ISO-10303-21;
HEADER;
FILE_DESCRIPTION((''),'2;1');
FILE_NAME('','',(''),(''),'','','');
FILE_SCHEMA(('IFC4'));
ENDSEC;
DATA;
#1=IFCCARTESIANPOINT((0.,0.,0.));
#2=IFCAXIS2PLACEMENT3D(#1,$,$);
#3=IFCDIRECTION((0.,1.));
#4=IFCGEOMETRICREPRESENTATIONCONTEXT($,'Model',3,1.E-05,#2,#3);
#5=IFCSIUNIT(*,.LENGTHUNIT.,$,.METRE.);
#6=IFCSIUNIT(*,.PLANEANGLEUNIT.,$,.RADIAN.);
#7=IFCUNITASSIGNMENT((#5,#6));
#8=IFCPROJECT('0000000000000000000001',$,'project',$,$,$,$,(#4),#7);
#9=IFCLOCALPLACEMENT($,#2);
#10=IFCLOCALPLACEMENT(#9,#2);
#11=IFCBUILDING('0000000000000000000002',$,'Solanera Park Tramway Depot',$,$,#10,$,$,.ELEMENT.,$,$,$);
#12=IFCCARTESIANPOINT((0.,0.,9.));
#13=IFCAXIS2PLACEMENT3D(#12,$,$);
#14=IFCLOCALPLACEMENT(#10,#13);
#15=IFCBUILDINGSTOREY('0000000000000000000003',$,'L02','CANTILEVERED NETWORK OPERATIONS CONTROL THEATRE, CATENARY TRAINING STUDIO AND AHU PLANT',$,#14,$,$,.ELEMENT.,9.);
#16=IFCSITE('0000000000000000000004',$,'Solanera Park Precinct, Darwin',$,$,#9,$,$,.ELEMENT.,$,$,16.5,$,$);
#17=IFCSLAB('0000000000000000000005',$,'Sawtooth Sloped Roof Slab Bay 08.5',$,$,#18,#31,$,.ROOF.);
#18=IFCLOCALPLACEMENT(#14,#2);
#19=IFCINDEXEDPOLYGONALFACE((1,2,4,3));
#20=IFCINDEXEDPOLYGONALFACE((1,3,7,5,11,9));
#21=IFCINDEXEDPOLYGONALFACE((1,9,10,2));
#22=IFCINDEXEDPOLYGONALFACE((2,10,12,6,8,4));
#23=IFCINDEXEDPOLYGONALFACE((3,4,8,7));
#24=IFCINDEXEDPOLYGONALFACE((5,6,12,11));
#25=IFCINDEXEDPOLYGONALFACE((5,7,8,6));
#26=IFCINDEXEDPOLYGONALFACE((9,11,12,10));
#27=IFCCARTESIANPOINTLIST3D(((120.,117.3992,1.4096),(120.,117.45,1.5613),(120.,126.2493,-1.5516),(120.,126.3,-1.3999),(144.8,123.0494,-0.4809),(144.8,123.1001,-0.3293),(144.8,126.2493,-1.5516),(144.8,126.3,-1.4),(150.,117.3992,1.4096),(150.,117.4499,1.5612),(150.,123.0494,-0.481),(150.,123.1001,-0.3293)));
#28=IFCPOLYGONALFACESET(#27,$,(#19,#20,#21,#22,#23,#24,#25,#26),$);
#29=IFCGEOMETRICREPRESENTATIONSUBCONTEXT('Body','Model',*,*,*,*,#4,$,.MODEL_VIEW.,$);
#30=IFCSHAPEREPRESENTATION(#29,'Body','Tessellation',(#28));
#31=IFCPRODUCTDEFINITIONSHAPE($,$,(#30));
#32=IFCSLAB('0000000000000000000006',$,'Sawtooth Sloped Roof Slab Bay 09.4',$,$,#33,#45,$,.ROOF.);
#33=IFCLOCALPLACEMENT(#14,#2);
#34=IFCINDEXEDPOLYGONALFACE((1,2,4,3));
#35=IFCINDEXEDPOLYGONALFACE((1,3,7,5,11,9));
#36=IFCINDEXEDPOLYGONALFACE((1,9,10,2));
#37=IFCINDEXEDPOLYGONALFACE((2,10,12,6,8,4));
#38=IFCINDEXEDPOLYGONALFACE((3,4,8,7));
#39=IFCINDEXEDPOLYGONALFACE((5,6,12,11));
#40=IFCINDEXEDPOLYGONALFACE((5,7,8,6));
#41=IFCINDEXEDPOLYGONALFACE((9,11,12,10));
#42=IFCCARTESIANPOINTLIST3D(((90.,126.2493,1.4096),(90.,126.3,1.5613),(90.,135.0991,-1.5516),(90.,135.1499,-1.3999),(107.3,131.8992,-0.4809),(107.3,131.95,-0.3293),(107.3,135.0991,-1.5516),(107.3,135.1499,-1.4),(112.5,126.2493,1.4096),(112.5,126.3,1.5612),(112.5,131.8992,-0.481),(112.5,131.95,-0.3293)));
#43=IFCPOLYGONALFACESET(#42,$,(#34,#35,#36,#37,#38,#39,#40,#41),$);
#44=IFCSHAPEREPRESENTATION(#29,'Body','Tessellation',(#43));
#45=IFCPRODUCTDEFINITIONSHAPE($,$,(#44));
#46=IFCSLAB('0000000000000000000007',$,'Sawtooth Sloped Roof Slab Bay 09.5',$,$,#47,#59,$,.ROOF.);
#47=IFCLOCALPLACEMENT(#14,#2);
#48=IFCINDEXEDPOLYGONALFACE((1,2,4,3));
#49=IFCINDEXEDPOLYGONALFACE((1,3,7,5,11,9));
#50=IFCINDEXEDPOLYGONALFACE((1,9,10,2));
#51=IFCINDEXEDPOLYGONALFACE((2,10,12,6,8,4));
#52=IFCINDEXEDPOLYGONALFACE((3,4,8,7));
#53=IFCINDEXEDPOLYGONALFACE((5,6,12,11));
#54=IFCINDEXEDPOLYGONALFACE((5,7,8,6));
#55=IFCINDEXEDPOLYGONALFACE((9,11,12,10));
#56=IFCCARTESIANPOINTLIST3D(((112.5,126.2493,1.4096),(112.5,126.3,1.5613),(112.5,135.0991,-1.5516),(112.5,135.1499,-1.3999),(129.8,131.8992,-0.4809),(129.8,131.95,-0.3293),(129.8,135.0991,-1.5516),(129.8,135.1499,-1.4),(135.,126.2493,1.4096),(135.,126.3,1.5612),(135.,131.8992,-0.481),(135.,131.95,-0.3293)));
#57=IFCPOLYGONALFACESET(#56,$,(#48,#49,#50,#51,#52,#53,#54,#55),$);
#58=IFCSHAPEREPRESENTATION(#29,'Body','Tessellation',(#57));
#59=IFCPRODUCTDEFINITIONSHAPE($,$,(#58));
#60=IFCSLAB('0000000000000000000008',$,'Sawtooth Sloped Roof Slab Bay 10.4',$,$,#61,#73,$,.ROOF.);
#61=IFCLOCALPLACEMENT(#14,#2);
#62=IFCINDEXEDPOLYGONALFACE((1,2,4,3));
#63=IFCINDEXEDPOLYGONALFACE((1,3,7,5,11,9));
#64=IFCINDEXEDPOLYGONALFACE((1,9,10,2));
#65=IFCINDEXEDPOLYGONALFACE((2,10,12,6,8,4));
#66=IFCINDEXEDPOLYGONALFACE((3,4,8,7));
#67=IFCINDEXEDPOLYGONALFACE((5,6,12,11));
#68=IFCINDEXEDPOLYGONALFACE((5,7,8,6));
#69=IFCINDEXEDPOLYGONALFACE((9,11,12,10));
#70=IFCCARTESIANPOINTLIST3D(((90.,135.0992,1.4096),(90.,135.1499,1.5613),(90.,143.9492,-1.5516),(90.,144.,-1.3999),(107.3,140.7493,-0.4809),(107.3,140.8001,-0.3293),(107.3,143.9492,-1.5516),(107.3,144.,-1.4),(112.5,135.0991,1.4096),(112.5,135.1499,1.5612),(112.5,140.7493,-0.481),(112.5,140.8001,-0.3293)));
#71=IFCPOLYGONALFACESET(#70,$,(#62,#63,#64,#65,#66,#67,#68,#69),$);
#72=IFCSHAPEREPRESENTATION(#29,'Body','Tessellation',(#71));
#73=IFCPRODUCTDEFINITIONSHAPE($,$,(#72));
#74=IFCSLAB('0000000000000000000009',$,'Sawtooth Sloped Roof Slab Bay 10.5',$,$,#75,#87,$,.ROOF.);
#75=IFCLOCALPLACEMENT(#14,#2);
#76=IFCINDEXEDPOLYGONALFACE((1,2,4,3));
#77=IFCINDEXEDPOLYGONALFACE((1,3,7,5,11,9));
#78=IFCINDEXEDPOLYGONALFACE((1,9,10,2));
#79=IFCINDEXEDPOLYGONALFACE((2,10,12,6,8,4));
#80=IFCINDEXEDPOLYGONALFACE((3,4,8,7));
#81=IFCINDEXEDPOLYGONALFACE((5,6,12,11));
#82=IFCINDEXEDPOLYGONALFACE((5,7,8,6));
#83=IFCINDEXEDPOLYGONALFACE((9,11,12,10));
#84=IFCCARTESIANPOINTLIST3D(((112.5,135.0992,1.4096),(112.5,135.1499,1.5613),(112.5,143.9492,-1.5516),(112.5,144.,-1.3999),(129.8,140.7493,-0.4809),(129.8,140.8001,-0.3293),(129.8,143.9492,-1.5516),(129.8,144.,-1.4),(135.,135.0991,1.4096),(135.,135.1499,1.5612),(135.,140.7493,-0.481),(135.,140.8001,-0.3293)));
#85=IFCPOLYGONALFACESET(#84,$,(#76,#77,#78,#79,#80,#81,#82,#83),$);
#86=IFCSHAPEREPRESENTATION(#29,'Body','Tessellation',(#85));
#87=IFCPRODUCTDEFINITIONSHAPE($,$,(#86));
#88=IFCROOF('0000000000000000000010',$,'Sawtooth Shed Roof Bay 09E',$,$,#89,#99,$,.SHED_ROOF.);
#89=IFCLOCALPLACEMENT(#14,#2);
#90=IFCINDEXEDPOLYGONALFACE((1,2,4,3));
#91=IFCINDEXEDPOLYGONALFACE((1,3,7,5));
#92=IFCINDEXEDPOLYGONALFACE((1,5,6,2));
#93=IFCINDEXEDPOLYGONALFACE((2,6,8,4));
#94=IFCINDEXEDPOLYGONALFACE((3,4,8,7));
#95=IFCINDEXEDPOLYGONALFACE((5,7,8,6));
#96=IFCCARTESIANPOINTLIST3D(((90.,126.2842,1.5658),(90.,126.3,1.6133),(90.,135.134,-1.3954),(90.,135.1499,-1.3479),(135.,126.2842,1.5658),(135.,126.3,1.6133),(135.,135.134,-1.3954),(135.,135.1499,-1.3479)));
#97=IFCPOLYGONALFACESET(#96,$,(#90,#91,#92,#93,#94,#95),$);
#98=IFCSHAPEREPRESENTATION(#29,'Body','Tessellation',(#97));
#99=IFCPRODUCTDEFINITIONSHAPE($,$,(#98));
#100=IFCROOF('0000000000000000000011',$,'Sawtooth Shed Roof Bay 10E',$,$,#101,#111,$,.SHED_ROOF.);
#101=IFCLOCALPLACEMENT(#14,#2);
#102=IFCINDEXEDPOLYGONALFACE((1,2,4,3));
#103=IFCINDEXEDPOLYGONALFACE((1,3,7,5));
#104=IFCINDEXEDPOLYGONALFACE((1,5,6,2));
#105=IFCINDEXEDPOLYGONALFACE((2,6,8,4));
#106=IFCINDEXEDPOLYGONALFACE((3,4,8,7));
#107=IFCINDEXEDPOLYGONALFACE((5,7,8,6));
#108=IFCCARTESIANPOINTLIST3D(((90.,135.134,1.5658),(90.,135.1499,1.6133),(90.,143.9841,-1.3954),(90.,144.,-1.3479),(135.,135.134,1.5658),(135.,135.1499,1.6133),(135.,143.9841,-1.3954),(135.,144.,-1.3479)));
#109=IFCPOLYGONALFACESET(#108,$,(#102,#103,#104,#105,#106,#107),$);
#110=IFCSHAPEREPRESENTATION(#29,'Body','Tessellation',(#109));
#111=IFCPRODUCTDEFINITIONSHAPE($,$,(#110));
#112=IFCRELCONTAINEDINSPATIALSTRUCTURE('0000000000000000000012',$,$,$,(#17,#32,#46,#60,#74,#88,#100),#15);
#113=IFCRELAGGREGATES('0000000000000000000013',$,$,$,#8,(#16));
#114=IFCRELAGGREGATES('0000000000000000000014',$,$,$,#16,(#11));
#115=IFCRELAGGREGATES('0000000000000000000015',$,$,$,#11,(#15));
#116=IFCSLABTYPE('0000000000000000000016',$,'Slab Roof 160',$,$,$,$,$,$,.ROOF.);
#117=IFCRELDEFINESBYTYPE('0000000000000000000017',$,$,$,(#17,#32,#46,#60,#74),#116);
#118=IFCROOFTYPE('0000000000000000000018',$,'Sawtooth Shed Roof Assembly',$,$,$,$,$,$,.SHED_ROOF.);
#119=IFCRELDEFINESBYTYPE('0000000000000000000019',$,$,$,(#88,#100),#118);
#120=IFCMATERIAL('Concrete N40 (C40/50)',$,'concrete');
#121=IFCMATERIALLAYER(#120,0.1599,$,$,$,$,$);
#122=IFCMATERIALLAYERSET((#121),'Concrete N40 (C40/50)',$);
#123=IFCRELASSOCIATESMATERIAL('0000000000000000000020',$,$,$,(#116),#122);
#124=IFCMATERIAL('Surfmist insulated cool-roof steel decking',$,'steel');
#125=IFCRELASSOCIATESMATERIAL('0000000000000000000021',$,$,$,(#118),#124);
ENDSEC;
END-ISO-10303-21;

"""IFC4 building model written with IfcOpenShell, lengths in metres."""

from ifc_helpers import new_model, si_unit, direction, frame, origin, place, context, subcontext, project, spatial, polyline, outline, extrude, material, layer, layer_set, type_object, element, save


model = new_model("IFC4")

# Units and contexts
model_context = context("Model", 3, precision=1e-05, world=origin(), true_north=direction((0.0, 1.0)))
body_context = subcontext(model_context, "Body", "Model", "MODEL_VIEW")
ifc_project = project(units=[si_unit("LENGTHUNIT", "METRE"), si_unit("PLANEANGLEUNIT", "RADIAN")], contexts=[model_context])

# Site, building, storey
site_placement = place(None, origin())
site = spatial("IfcSite", under=ifc_project, at=site_placement, Name="Solanera Park Precinct, Darwin", CompositionType="ELEMENT", RefElevation=16.5)
building_placement = place(site_placement, origin())
building = spatial("IfcBuilding", under=site, at=building_placement, Name="Solanera Park Tramway Depot", CompositionType="ELEMENT")
storey_placement = place(building_placement, frame((0.0, 0.0, 9.0)))
storey = spatial("IfcBuildingStorey", under=building, at=storey_placement, Name="L02", Description="CANTILEVERED NETWORK OPERATIONS CONTROL THEATRE, CATENARY TRAINING STUDIO AND AHU PLANT", CompositionType="ELEMENT", Elevation=9.0)

# Slabs
ifc_material_1 = material(Name="Concrete N40 (C40/50)", Category="concrete")
ifc_layer_1 = layer(ifc_material_1, 0.1599)
ifc_layer_set_1 = layer_set([ifc_layer_1], Name="Concrete N40 (C40/50)")
slab_type = type_object("IfcSlabType", Name="Slab Roof 160", PredefinedType="ROOF", material=ifc_layer_set_1)
for number, where, z_axis, x_axis, name in (
    (1, (120.0, 117.45, 1.5613), (0.000002, 0.317305, 0.948324), (1.0, -0.000001, -0.000002), "Sawtooth Sloped Roof Slab Bay 08.5"),
):
    element("IfcSlab", number, at=place(storey_placement, frame(where, z_axis=z_axis, x_axis=x_axis)), inside=storey, type_object=slab_type, Name=name, PredefinedType="ROOF", context=body_context, shape_type="SweptSolid", body=[
        extrude(outline(polyline([(0.0, 0.0), (30.0, 0.0), (30.0, 5.9581), (24.8, 5.9581), (24.8, 9.3324), (0.0, 9.3324), (0.0, 0.0)])), origin(), (0.0, 0.0, -1.0), 0.1599),
    ])
for number, where, z_axis, x_axis, name in (
    (2, (90.0, 126.3, 1.5613), (0.000004, 0.317314, 0.94832), (1.0, -0.000001, -0.000003), "Sawtooth Sloped Roof Slab Bay 09.4"),
    (3, (112.5, 126.3, 1.5613), (0.000004, 0.317314, 0.94832), (1.0, -0.000001, -0.000003), "Sawtooth Sloped Roof Slab Bay 09.5"),
):
    element("IfcSlab", number, at=place(storey_placement, frame(where, z_axis=z_axis, x_axis=x_axis)), inside=storey, type_object=slab_type, Name=name, PredefinedType="ROOF", context=body_context, shape_type="SweptSolid", body=[
        extrude(outline(polyline([(0.0, 0.0), (22.5, 0.0), (22.5, 5.9578), (17.3, 5.9578), (17.3, 9.3321), (0.0, 9.3321), (0.0, 0.0)])), origin(), (0.0, 0.0, -1.0), 0.1599),
    ])
for number, where, z_axis, x_axis, name in (
    (4, (90.0, 135.1499, 1.5613), (0.000003, 0.317306, 0.948323), (1.0, -0.000001, -0.000003), "Sawtooth Sloped Roof Slab Bay 10.4"),
    (5, (112.5, 135.1499, 1.5613), (0.000003, 0.317306, 0.948323), (1.0, -0.000001, -0.000003), "Sawtooth Sloped Roof Slab Bay 10.5"),
):
    element("IfcSlab", number, at=place(storey_placement, frame(where, z_axis=z_axis, x_axis=x_axis)), inside=storey, type_object=slab_type, Name=name, PredefinedType="ROOF", context=body_context, shape_type="SweptSolid", body=[
        extrude(outline(polyline([(0.0, 0.0), (22.5, 0.0), (22.5, 5.9581), (17.3, 5.9581), (17.3, 9.3324), (0.0, 9.3324), (0.0, 0.0)])), origin(), (0.0, 0.0, -1.0), 0.1599),
    ])

# Roofs
ifc_material_2 = material(Name="Surfmist insulated cool-roof steel decking", Category="steel")
roof_type = type_object("IfcRoofType", Name="Sawtooth Shed Roof Assembly", PredefinedType="SHED_ROOF", material=ifc_material_2)
roof_1_placement = place(storey_placement, frame((90.0, 126.3, 1.6133), z_axis=(0.0, 0.317311, 0.948322), x_axis=(1.0, 0.0, 0.0)))
element("IfcRoof", 6, at=roof_1_placement, inside=storey, type_object=roof_type, Name="Sawtooth Shed Roof Bay 09E", PredefinedType="SHED_ROOF", context=body_context, shape_type="SweptSolid", body=[
    extrude(outline(polyline([(0.0, 0.0), (45.0, 0.0), (45.0, 9.3321), (0.0, 9.3321), (0.0, 0.0)])), origin(), (0.0, 0.0, -1.0), 0.05),
])
roof_2_placement = place(storey_placement, frame((90.0, 135.1499, 1.6133), z_axis=(0.0, 0.317303, 0.948324), x_axis=(1.0, 0.0, 0.0)))
element("IfcRoof", 7, at=roof_2_placement, inside=storey, type_object=roof_type, Name="Sawtooth Shed Roof Bay 10E", PredefinedType="SHED_ROOF", context=body_context, shape_type="SweptSolid", body=[
    extrude(outline(polyline([(0.0, 0.0), (45.0, 0.0), (45.0, 9.3324), (0.0, 9.3324), (0.0, 0.0)])), origin(), (0.0, 0.0, -1.0), 0.05),
])

save(model, "model.ifc")
